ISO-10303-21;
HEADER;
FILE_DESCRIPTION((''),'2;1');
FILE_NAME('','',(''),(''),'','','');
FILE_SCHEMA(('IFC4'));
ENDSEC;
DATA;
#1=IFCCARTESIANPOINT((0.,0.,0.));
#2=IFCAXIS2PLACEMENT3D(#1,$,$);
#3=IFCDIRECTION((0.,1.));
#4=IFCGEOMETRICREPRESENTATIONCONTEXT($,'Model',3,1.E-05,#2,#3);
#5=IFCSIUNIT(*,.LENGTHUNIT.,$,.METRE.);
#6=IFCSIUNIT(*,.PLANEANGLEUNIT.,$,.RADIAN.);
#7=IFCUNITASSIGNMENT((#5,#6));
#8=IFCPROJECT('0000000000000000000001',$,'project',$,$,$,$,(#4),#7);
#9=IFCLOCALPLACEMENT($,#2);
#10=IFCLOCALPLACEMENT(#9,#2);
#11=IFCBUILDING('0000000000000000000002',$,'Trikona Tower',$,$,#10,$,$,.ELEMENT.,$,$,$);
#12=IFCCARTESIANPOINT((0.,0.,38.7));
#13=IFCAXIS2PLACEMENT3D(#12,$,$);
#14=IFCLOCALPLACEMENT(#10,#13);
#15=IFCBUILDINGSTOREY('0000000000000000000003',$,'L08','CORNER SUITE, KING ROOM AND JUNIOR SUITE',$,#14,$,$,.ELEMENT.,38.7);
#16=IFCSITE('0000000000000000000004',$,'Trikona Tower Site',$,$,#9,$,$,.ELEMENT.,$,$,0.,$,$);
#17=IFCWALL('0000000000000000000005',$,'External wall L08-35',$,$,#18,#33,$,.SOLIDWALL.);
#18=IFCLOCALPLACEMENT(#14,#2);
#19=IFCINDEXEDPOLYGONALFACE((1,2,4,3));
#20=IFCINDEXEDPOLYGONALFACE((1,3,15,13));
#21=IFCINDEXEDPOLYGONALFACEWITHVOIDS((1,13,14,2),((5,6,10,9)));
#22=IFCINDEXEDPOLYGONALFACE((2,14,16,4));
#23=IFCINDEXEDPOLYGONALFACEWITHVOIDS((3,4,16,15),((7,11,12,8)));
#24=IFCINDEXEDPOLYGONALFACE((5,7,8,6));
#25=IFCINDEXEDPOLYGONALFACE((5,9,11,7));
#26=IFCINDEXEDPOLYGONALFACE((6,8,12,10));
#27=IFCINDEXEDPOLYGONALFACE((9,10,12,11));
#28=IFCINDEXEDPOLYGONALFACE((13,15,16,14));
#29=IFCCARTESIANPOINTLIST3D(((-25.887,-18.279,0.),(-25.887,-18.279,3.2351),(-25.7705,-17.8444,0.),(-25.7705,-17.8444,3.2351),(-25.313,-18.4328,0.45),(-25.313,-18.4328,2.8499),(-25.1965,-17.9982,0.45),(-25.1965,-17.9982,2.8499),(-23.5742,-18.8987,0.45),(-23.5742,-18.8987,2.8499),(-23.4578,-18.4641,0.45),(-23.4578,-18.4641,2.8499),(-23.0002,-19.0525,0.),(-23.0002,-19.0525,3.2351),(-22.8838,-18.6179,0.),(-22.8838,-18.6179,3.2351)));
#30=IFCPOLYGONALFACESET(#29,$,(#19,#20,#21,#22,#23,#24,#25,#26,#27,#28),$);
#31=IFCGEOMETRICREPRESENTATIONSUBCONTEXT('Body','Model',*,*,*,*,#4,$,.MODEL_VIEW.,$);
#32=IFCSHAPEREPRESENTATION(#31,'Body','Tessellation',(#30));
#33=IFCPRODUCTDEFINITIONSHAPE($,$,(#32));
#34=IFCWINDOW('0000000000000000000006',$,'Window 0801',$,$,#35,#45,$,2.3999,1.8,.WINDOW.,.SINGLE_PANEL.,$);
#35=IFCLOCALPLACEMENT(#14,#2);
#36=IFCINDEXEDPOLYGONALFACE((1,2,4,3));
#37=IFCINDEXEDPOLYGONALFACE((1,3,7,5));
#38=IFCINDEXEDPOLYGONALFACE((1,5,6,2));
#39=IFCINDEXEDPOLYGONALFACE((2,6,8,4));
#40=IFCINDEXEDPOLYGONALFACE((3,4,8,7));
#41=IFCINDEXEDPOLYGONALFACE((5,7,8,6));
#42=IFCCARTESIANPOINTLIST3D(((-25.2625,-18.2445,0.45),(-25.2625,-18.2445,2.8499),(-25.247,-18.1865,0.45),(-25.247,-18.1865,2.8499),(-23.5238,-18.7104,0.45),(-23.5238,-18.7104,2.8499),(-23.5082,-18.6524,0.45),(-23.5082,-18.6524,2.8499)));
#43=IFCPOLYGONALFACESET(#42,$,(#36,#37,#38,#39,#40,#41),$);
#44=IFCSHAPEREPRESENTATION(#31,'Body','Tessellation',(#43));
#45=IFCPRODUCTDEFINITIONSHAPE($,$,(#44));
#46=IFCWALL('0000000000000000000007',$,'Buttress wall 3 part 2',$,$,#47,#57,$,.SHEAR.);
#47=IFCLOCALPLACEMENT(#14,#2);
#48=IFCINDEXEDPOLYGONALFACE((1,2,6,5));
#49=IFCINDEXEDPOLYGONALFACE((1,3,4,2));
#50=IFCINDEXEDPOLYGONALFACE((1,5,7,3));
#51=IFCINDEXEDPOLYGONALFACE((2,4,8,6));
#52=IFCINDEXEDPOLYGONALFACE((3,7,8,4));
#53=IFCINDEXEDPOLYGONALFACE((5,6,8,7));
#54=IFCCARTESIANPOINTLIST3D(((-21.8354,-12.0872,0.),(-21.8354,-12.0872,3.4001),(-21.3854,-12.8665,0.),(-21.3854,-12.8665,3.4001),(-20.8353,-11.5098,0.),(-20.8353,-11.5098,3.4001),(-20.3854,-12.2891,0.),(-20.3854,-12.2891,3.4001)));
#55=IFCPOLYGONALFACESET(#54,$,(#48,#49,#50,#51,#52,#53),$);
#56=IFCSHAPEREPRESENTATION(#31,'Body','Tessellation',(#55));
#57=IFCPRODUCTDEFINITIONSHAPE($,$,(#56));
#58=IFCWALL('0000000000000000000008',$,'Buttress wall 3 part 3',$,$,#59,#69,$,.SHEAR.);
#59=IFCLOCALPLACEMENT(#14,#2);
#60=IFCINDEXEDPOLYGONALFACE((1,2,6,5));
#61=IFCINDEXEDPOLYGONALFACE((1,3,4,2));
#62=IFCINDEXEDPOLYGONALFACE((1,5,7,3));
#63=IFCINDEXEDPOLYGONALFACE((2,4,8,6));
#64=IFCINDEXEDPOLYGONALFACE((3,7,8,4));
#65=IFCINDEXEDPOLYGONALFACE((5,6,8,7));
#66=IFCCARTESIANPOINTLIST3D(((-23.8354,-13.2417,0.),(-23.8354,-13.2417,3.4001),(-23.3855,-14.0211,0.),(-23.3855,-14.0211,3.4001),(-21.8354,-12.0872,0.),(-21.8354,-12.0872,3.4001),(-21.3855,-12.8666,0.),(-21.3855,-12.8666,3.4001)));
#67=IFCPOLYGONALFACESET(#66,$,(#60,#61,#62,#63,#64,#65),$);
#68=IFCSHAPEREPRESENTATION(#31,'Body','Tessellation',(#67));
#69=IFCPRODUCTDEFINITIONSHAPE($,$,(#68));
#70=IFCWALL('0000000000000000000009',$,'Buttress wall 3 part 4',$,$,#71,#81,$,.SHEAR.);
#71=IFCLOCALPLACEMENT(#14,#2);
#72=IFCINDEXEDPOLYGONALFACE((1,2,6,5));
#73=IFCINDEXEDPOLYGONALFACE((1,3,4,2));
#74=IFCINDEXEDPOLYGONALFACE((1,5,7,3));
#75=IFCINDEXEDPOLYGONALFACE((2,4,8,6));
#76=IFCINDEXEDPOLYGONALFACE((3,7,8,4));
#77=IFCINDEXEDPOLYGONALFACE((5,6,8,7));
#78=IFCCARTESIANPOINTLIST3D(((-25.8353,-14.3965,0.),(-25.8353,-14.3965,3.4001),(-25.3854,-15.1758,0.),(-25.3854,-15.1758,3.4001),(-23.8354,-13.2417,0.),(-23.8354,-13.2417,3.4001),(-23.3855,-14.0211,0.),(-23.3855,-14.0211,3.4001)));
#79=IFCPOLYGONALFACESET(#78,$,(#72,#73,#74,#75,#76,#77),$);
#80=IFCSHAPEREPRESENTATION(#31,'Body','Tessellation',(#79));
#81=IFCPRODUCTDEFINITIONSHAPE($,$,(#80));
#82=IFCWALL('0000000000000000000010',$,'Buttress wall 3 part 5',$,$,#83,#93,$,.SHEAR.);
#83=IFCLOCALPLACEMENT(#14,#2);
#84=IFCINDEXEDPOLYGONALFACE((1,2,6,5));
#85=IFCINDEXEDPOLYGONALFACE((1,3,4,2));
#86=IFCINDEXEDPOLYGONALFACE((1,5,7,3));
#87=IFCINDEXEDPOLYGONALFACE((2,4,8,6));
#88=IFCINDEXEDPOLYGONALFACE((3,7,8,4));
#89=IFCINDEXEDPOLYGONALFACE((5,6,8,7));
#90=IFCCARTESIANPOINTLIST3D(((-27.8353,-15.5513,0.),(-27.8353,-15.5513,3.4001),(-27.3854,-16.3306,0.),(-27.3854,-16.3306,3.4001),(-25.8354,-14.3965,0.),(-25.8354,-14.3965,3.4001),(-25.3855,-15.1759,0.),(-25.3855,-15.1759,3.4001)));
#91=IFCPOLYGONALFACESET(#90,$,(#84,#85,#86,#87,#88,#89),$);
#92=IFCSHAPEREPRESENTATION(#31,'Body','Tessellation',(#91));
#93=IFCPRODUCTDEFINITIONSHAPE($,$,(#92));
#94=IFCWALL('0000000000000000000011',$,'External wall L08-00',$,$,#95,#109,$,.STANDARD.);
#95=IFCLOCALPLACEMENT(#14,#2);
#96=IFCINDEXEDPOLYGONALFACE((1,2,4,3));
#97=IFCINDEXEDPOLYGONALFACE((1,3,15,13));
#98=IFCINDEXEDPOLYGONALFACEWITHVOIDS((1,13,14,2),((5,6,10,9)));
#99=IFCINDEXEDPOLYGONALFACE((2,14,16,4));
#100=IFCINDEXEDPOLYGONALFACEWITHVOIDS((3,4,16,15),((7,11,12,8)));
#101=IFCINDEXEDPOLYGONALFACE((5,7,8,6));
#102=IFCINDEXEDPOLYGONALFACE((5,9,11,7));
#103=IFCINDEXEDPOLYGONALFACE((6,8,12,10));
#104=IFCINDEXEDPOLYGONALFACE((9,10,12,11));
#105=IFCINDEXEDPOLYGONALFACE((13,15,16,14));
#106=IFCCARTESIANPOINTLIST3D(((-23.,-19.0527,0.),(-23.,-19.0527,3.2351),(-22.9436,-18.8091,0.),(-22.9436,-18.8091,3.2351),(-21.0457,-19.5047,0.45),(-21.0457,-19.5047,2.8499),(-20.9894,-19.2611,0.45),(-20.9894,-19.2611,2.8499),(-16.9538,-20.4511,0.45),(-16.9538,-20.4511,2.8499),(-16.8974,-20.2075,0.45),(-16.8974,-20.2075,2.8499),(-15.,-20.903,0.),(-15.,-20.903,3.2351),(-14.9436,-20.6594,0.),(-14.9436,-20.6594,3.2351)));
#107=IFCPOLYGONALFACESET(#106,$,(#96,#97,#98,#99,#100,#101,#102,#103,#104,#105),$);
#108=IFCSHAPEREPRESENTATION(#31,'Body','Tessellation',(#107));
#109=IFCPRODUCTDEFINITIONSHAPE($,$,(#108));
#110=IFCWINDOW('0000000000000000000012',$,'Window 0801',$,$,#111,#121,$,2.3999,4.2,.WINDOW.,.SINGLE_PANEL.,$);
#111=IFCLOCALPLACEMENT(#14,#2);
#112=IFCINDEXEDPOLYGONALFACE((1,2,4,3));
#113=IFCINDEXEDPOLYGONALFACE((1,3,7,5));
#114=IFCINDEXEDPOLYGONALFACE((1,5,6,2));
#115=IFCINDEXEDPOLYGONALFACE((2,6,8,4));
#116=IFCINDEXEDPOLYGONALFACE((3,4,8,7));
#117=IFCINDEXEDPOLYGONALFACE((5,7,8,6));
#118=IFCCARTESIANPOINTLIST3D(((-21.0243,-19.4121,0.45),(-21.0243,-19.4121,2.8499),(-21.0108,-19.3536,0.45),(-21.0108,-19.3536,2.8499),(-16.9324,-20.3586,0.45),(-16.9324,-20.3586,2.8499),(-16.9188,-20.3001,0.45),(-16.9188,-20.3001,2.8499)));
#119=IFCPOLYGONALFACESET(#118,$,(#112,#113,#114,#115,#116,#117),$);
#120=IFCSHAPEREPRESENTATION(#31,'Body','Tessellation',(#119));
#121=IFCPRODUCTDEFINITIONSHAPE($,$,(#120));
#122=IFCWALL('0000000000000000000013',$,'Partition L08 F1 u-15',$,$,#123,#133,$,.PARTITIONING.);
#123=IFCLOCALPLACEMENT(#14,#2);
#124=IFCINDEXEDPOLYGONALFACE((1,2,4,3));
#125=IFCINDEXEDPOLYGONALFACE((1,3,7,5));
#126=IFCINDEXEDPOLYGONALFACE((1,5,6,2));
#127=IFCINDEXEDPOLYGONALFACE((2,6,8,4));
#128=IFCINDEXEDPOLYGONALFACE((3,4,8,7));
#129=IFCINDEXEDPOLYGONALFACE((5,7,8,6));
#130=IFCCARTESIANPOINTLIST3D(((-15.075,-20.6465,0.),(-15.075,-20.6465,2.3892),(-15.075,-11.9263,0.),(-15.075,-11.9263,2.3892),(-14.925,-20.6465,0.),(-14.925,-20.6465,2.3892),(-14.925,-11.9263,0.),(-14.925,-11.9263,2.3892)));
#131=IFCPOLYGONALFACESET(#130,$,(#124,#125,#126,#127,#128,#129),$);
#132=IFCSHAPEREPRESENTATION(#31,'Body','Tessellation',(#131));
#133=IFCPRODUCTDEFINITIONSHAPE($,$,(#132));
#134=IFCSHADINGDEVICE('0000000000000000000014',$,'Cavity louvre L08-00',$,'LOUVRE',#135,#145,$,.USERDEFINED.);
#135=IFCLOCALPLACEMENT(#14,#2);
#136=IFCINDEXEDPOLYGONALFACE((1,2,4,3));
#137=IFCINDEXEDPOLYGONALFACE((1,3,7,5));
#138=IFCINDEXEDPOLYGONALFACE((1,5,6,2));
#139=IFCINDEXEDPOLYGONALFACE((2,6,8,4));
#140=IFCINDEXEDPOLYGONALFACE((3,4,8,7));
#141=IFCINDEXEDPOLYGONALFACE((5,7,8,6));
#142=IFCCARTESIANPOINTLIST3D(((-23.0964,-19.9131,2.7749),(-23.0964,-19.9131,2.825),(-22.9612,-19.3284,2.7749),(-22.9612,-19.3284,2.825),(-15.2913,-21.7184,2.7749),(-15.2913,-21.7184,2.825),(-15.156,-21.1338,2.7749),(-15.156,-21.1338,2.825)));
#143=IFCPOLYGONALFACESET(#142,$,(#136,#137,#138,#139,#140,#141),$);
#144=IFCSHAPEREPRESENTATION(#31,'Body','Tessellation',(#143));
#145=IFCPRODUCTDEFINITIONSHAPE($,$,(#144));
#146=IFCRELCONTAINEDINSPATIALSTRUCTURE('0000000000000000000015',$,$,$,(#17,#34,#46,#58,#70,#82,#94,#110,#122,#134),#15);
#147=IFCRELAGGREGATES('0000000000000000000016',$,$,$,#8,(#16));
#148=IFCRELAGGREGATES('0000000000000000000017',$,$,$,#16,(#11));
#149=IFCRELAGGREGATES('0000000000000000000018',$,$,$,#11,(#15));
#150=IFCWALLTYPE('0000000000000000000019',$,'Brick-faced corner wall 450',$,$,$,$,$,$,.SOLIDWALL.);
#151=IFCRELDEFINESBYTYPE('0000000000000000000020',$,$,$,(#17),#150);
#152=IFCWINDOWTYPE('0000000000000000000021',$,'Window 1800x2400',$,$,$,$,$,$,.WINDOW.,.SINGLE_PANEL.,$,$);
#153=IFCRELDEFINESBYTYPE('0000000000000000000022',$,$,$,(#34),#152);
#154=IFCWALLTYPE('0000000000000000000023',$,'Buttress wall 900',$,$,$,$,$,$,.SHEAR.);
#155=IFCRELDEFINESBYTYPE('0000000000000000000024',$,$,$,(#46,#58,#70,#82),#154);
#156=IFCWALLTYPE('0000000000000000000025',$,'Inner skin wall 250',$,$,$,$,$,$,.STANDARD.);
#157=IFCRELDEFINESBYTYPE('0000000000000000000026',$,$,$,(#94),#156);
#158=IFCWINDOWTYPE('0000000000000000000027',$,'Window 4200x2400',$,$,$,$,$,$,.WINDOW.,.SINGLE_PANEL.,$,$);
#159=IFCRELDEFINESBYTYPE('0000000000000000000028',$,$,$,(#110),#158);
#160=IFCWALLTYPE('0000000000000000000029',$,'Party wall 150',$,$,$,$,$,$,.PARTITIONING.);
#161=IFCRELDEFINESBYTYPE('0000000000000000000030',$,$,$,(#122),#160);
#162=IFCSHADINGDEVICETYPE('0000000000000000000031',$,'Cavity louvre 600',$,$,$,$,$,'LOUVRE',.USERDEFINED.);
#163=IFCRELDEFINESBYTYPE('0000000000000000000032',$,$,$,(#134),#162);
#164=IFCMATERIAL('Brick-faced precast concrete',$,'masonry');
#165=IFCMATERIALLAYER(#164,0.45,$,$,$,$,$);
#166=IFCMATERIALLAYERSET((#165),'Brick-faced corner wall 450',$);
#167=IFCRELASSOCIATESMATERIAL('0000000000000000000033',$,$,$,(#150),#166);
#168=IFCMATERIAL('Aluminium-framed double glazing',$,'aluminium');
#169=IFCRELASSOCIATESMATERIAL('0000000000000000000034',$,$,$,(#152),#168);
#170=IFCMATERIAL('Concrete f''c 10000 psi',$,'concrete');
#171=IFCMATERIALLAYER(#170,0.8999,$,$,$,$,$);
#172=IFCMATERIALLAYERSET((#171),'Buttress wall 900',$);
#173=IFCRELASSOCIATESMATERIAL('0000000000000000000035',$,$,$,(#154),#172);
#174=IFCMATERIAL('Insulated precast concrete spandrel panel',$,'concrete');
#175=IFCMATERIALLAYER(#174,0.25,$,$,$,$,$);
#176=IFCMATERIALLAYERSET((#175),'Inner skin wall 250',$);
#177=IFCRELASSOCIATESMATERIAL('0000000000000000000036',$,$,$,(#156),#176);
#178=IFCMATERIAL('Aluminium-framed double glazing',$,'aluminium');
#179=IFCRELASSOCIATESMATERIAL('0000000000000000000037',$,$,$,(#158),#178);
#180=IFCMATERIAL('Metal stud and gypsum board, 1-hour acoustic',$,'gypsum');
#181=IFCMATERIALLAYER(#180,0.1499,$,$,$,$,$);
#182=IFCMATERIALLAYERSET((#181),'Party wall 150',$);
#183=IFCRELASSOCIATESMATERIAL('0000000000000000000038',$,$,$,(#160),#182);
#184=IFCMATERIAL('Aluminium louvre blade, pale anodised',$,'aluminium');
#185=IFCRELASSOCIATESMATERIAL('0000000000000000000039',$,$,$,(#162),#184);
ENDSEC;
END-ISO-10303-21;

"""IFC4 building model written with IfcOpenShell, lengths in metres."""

from ifc_helpers import new_model, si_unit, direction, frame, frame_2d, origin, origin_2d, place, context, subcontext, project, spatial, rectangle, extrude, material, layer, layer_set, type_object, element, fill, save


model = new_model("IFC4")

# Units and contexts
model_context = context("Model", 3, precision=1e-05, world=origin(), true_north=direction((0.0, 1.0)))
body_context = subcontext(model_context, "Body", "Model", "MODEL_VIEW")
ifc_project = project(units=[si_unit("LENGTHUNIT", "METRE"), si_unit("PLANEANGLEUNIT", "RADIAN")], contexts=[model_context])

# Site, building, storey
site_placement = place(None, origin())
site = spatial("IfcSite", under=ifc_project, at=site_placement, Name="Trikona Tower Site", CompositionType="ELEMENT", RefElevation=0.0)
building_placement = place(site_placement, origin())
building = spatial("IfcBuilding", under=site, at=building_placement, Name="Trikona Tower", CompositionType="ELEMENT")
storey_placement = place(building_placement, frame((0.0, 0.0, 38.7)))
storey = spatial("IfcBuildingStorey", under=building, at=storey_placement, Name="L08", Description="CORNER SUITE, KING ROOM AND JUNIOR SUITE", CompositionType="ELEMENT", Elevation=38.7)

# Wall, opening, window
ifc_material_1 = material(Name="Brick-faced precast concrete", Category="masonry")
ifc_layer_1 = layer(ifc_material_1, 0.45)
ifc_layer_set_1 = layer_set([ifc_layer_1], Name="Brick-faced corner wall 450")
wall_type_1 = type_object("IfcWallType", Name="Brick-faced corner wall 450", PredefinedType="SOLIDWALL", material=ifc_layer_set_1)
wall_1_placement = place(storey_placement, frame((-25.8286, -18.0618, 0.0), z_axis=(0.0, 0.0, 1.0), x_axis=(0.965931, -0.258801, 0.0)))
wall_1 = element("IfcWall", 1, at=wall_1_placement, inside=storey, type_object=wall_type_1, Name="External wall L08-35", PredefinedType="SOLIDWALL", context=body_context, shape_type="SweptSolid", body=[
    extrude(rectangle(XDim=2.9885, YDim=0.45, at=frame_2d((1.4941, 0.0))), origin(), (0.0, 0.0, 1.0), 3.2351),
])
opening_1_placement = place(wall_1_placement, frame((0.5942, 0.0, 0.45)))
opening_1 = element("IfcOpeningElement", 2, at=opening_1_placement, cuts=wall_1, PredefinedType="OPENING", context=body_context, shape_type="SweptSolid", body=[
    extrude(rectangle(XDim=1.8, YDim=2.3999, at=frame_2d((0.8999, 1.2))), frame((0.0, 0.2349, 0.0), z_axis=(0.0, -1.0, 0.0), x_axis=(1.0, 0.0, 0.0)), (0.0, 0.0, 1.0), 0.47),
])
ifc_material_2 = material(Name="Aluminium-framed double glazing", Category="aluminium")
window_type_1 = type_object("IfcWindowType", Name="Window 1800x2400", PartitioningType="SINGLE_PANEL", PredefinedType="WINDOW", material=ifc_material_2)
window_1_placement = place(opening_1_placement, origin())
window_1 = element("IfcWindow", 3, at=window_1_placement, inside=storey, type_object=window_type_1, Name="Window 0801", OverallHeight=2.3999, OverallWidth=1.8, PartitioningType="SINGLE_PANEL", PredefinedType="WINDOW", context=body_context, shape_type="SweptSolid", body=[
    extrude(rectangle(XDim=1.8, YDim=2.3999, at=frame_2d((0.8999, 1.2))), frame((0.0, 0.03, 0.0), z_axis=(0.0, -1.0, 0.0), x_axis=(1.0, 0.0, 0.0)), (0.0, 0.0, 1.0), 0.0601),
])
fill(opening_1, window_1)

# Walls
ifc_material_3 = material(Name="Concrete f'c 10000 psi", Category="concrete")
ifc_layer_2 = layer(ifc_material_3, 0.8999)
ifc_layer_set_2 = layer_set([ifc_layer_2], Name="Buttress wall 900")
wall_type_2 = type_object("IfcWallType", Name="Buttress wall 900", PredefinedType="SHEAR", material=ifc_layer_set_2)
wall_2_placement = place(storey_placement, frame((-20.6104, -11.8994, 0.0), z_axis=(0.0, 0.0, 1.0), x_axis=(-0.86601, -0.500027, 0.0)))
element("IfcWall", 4, at=wall_2_placement, inside=storey, type_object=wall_type_2, Name="Buttress wall 3 part 2", PredefinedType="SHEAR", context=body_context, shape_type="SweptSolid", body=[
    extrude(rectangle(XDim=1.1548, YDim=0.8999, at=frame_2d((0.5774, 0.0))), origin(), (0.0, 0.0, 1.0), 3.4001),
])
for number, where, z_axis, x_axis, name in (
    (5, (-21.6104, -12.4768, 0.0), (0.0, 0.0, 1.0), (-0.866055, -0.499948, 0.0), "Buttress wall 3 part 3"),
    (6, (-23.6104, -13.6313, 0.0), (0.0, 0.0, 1.0), (-0.86601, -0.500027, 0.0), "Buttress wall 3 part 4"),
    (7, (-25.6104, -14.7861, 0.0), (0.0, 0.0, 1.0), (-0.86601, -0.500027, 0.0), "Buttress wall 3 part 5"),
):
    element("IfcWall", number, at=place(storey_placement, frame(where, z_axis=z_axis, x_axis=x_axis)), inside=storey, type_object=wall_type_2, Name=name, PredefinedType="SHEAR", context=body_context, shape_type="SweptSolid", body=[
        extrude(rectangle(XDim=2.3093, YDim=0.8999, at=frame_2d((1.1548, 0.0))), origin(), (0.0, 0.0, 1.0), 3.4001),
    ])

# Wall, opening, window
ifc_material_4 = material(Name="Insulated precast concrete spandrel panel", Category="concrete")
ifc_layer_3 = layer(ifc_material_4, 0.25)
ifc_layer_set_3 = layer_set([ifc_layer_3], Name="Inner skin wall 250")
wall_type_3 = type_object("IfcWallType", Name="Inner skin wall 250", PredefinedType="STANDARD", material=ifc_layer_set_3)
wall_3_placement = place(storey_placement, frame((-22.9717, -18.9309, 0.0), z_axis=(0.0, 0.0, 1.0), x_axis=(0.974279, -0.225344, 0.0)))
wall_3 = element("IfcWall", 8, at=wall_3_placement, inside=storey, type_object=wall_type_3, Name="External wall L08-00", PredefinedType="STANDARD", context=body_context, shape_type="SweptSolid", body=[
    extrude(rectangle(XDim=8.2112, YDim=0.25, at=frame_2d((4.1055, 0.0))), origin(), (0.0, 0.0, 1.0), 3.2351),
])
opening_2_placement = place(wall_3_placement, frame((2.0056, 0.0, 0.45)))
opening_2 = element("IfcOpeningElement", 9, at=opening_2_placement, cuts=wall_3, PredefinedType="OPENING", context=body_context, shape_type="SweptSolid", body=[
    extrude(rectangle(XDim=4.2, YDim=2.3999, at=frame_2d((2.1001, 1.2))), frame((0.0, 0.135, 0.0), z_axis=(0.0, -1.0, 0.0), x_axis=(1.0, 0.0, 0.0)), (0.0, 0.0, 1.0), 0.27),
])
ifc_material_5 = material(Name="Aluminium-framed double glazing", Category="aluminium")
window_type_2 = type_object("IfcWindowType", Name="Window 4200x2400", PartitioningType="SINGLE_PANEL", PredefinedType="WINDOW", material=ifc_material_5)
window_2_placement = place(opening_2_placement, origin())
window_2 = element("IfcWindow", 10, at=window_2_placement, inside=storey, type_object=window_type_2, Name="Window 0801", OverallHeight=2.3999, OverallWidth=4.2, PartitioningType="SINGLE_PANEL", PredefinedType="WINDOW", context=body_context, shape_type="SweptSolid", body=[
    extrude(rectangle(XDim=4.2, YDim=2.3999, at=frame_2d((2.1001, 1.2))), frame((0.0, 0.03, 0.0), z_axis=(0.0, -1.0, 0.0), x_axis=(1.0, 0.0, 0.0)), (0.0, 0.0, 1.0), 0.0601),
])
fill(opening_2, window_2)

# Wall
ifc_material_6 = material(Name="Metal stud and gypsum board, 1-hour acoustic", Category="gypsum")
ifc_layer_4 = layer(ifc_material_6, 0.1499)
ifc_layer_set_4 = layer_set([ifc_layer_4], Name="Party wall 150")
wall_type_4 = type_object("IfcWallType", Name="Party wall 150", PredefinedType="PARTITIONING", material=ifc_layer_set_4)
wall_4_placement = place(storey_placement, frame((-15.0, -11.9263, 0.0), z_axis=(0.0, 0.0, 1.0), x_axis=(0.0, -1.0, 0.0)))
element("IfcWall", 11, at=wall_4_placement, inside=storey, type_object=wall_type_4, Name="Partition L08 F1 u-15", PredefinedType="PARTITIONING", context=body_context, shape_type="SweptSolid", body=[
    extrude(rectangle(XDim=8.7202, YDim=0.1499, at=frame_2d((4.3601, 0.0))), origin(), (0.0, 0.0, 1.0), 2.3892),
])

# Shading device
ifc_material_7 = material(Name="Aluminium louvre blade, pale anodised", Category="aluminium")
shading_device_type = type_object("IfcShadingDeviceType", Name="Cavity louvre 600", ElementType="LOUVRE", PredefinedType="USERDEFINED", material=ifc_material_7)
shading_device_placement = place(storey_placement, frame((-19.1262, -20.5234, 2.7749), z_axis=(0.0, 0.0, 1.0), x_axis=(0.974278, -0.225351, 0.0)))
element("IfcShadingDevice", 12, at=shading_device_placement, inside=storey, type_object=shading_device_type, Name="Cavity louvre L08-00", ObjectType="LOUVRE", PredefinedType="USERDEFINED", context=body_context, shape_type="SweptSolid", body=[
    extrude(rectangle(XDim=8.0112, YDim=0.6001, at=origin_2d()), origin(), (0.0, 0.0, 1.0), 0.05),
])

save(model, "model.ifc")
